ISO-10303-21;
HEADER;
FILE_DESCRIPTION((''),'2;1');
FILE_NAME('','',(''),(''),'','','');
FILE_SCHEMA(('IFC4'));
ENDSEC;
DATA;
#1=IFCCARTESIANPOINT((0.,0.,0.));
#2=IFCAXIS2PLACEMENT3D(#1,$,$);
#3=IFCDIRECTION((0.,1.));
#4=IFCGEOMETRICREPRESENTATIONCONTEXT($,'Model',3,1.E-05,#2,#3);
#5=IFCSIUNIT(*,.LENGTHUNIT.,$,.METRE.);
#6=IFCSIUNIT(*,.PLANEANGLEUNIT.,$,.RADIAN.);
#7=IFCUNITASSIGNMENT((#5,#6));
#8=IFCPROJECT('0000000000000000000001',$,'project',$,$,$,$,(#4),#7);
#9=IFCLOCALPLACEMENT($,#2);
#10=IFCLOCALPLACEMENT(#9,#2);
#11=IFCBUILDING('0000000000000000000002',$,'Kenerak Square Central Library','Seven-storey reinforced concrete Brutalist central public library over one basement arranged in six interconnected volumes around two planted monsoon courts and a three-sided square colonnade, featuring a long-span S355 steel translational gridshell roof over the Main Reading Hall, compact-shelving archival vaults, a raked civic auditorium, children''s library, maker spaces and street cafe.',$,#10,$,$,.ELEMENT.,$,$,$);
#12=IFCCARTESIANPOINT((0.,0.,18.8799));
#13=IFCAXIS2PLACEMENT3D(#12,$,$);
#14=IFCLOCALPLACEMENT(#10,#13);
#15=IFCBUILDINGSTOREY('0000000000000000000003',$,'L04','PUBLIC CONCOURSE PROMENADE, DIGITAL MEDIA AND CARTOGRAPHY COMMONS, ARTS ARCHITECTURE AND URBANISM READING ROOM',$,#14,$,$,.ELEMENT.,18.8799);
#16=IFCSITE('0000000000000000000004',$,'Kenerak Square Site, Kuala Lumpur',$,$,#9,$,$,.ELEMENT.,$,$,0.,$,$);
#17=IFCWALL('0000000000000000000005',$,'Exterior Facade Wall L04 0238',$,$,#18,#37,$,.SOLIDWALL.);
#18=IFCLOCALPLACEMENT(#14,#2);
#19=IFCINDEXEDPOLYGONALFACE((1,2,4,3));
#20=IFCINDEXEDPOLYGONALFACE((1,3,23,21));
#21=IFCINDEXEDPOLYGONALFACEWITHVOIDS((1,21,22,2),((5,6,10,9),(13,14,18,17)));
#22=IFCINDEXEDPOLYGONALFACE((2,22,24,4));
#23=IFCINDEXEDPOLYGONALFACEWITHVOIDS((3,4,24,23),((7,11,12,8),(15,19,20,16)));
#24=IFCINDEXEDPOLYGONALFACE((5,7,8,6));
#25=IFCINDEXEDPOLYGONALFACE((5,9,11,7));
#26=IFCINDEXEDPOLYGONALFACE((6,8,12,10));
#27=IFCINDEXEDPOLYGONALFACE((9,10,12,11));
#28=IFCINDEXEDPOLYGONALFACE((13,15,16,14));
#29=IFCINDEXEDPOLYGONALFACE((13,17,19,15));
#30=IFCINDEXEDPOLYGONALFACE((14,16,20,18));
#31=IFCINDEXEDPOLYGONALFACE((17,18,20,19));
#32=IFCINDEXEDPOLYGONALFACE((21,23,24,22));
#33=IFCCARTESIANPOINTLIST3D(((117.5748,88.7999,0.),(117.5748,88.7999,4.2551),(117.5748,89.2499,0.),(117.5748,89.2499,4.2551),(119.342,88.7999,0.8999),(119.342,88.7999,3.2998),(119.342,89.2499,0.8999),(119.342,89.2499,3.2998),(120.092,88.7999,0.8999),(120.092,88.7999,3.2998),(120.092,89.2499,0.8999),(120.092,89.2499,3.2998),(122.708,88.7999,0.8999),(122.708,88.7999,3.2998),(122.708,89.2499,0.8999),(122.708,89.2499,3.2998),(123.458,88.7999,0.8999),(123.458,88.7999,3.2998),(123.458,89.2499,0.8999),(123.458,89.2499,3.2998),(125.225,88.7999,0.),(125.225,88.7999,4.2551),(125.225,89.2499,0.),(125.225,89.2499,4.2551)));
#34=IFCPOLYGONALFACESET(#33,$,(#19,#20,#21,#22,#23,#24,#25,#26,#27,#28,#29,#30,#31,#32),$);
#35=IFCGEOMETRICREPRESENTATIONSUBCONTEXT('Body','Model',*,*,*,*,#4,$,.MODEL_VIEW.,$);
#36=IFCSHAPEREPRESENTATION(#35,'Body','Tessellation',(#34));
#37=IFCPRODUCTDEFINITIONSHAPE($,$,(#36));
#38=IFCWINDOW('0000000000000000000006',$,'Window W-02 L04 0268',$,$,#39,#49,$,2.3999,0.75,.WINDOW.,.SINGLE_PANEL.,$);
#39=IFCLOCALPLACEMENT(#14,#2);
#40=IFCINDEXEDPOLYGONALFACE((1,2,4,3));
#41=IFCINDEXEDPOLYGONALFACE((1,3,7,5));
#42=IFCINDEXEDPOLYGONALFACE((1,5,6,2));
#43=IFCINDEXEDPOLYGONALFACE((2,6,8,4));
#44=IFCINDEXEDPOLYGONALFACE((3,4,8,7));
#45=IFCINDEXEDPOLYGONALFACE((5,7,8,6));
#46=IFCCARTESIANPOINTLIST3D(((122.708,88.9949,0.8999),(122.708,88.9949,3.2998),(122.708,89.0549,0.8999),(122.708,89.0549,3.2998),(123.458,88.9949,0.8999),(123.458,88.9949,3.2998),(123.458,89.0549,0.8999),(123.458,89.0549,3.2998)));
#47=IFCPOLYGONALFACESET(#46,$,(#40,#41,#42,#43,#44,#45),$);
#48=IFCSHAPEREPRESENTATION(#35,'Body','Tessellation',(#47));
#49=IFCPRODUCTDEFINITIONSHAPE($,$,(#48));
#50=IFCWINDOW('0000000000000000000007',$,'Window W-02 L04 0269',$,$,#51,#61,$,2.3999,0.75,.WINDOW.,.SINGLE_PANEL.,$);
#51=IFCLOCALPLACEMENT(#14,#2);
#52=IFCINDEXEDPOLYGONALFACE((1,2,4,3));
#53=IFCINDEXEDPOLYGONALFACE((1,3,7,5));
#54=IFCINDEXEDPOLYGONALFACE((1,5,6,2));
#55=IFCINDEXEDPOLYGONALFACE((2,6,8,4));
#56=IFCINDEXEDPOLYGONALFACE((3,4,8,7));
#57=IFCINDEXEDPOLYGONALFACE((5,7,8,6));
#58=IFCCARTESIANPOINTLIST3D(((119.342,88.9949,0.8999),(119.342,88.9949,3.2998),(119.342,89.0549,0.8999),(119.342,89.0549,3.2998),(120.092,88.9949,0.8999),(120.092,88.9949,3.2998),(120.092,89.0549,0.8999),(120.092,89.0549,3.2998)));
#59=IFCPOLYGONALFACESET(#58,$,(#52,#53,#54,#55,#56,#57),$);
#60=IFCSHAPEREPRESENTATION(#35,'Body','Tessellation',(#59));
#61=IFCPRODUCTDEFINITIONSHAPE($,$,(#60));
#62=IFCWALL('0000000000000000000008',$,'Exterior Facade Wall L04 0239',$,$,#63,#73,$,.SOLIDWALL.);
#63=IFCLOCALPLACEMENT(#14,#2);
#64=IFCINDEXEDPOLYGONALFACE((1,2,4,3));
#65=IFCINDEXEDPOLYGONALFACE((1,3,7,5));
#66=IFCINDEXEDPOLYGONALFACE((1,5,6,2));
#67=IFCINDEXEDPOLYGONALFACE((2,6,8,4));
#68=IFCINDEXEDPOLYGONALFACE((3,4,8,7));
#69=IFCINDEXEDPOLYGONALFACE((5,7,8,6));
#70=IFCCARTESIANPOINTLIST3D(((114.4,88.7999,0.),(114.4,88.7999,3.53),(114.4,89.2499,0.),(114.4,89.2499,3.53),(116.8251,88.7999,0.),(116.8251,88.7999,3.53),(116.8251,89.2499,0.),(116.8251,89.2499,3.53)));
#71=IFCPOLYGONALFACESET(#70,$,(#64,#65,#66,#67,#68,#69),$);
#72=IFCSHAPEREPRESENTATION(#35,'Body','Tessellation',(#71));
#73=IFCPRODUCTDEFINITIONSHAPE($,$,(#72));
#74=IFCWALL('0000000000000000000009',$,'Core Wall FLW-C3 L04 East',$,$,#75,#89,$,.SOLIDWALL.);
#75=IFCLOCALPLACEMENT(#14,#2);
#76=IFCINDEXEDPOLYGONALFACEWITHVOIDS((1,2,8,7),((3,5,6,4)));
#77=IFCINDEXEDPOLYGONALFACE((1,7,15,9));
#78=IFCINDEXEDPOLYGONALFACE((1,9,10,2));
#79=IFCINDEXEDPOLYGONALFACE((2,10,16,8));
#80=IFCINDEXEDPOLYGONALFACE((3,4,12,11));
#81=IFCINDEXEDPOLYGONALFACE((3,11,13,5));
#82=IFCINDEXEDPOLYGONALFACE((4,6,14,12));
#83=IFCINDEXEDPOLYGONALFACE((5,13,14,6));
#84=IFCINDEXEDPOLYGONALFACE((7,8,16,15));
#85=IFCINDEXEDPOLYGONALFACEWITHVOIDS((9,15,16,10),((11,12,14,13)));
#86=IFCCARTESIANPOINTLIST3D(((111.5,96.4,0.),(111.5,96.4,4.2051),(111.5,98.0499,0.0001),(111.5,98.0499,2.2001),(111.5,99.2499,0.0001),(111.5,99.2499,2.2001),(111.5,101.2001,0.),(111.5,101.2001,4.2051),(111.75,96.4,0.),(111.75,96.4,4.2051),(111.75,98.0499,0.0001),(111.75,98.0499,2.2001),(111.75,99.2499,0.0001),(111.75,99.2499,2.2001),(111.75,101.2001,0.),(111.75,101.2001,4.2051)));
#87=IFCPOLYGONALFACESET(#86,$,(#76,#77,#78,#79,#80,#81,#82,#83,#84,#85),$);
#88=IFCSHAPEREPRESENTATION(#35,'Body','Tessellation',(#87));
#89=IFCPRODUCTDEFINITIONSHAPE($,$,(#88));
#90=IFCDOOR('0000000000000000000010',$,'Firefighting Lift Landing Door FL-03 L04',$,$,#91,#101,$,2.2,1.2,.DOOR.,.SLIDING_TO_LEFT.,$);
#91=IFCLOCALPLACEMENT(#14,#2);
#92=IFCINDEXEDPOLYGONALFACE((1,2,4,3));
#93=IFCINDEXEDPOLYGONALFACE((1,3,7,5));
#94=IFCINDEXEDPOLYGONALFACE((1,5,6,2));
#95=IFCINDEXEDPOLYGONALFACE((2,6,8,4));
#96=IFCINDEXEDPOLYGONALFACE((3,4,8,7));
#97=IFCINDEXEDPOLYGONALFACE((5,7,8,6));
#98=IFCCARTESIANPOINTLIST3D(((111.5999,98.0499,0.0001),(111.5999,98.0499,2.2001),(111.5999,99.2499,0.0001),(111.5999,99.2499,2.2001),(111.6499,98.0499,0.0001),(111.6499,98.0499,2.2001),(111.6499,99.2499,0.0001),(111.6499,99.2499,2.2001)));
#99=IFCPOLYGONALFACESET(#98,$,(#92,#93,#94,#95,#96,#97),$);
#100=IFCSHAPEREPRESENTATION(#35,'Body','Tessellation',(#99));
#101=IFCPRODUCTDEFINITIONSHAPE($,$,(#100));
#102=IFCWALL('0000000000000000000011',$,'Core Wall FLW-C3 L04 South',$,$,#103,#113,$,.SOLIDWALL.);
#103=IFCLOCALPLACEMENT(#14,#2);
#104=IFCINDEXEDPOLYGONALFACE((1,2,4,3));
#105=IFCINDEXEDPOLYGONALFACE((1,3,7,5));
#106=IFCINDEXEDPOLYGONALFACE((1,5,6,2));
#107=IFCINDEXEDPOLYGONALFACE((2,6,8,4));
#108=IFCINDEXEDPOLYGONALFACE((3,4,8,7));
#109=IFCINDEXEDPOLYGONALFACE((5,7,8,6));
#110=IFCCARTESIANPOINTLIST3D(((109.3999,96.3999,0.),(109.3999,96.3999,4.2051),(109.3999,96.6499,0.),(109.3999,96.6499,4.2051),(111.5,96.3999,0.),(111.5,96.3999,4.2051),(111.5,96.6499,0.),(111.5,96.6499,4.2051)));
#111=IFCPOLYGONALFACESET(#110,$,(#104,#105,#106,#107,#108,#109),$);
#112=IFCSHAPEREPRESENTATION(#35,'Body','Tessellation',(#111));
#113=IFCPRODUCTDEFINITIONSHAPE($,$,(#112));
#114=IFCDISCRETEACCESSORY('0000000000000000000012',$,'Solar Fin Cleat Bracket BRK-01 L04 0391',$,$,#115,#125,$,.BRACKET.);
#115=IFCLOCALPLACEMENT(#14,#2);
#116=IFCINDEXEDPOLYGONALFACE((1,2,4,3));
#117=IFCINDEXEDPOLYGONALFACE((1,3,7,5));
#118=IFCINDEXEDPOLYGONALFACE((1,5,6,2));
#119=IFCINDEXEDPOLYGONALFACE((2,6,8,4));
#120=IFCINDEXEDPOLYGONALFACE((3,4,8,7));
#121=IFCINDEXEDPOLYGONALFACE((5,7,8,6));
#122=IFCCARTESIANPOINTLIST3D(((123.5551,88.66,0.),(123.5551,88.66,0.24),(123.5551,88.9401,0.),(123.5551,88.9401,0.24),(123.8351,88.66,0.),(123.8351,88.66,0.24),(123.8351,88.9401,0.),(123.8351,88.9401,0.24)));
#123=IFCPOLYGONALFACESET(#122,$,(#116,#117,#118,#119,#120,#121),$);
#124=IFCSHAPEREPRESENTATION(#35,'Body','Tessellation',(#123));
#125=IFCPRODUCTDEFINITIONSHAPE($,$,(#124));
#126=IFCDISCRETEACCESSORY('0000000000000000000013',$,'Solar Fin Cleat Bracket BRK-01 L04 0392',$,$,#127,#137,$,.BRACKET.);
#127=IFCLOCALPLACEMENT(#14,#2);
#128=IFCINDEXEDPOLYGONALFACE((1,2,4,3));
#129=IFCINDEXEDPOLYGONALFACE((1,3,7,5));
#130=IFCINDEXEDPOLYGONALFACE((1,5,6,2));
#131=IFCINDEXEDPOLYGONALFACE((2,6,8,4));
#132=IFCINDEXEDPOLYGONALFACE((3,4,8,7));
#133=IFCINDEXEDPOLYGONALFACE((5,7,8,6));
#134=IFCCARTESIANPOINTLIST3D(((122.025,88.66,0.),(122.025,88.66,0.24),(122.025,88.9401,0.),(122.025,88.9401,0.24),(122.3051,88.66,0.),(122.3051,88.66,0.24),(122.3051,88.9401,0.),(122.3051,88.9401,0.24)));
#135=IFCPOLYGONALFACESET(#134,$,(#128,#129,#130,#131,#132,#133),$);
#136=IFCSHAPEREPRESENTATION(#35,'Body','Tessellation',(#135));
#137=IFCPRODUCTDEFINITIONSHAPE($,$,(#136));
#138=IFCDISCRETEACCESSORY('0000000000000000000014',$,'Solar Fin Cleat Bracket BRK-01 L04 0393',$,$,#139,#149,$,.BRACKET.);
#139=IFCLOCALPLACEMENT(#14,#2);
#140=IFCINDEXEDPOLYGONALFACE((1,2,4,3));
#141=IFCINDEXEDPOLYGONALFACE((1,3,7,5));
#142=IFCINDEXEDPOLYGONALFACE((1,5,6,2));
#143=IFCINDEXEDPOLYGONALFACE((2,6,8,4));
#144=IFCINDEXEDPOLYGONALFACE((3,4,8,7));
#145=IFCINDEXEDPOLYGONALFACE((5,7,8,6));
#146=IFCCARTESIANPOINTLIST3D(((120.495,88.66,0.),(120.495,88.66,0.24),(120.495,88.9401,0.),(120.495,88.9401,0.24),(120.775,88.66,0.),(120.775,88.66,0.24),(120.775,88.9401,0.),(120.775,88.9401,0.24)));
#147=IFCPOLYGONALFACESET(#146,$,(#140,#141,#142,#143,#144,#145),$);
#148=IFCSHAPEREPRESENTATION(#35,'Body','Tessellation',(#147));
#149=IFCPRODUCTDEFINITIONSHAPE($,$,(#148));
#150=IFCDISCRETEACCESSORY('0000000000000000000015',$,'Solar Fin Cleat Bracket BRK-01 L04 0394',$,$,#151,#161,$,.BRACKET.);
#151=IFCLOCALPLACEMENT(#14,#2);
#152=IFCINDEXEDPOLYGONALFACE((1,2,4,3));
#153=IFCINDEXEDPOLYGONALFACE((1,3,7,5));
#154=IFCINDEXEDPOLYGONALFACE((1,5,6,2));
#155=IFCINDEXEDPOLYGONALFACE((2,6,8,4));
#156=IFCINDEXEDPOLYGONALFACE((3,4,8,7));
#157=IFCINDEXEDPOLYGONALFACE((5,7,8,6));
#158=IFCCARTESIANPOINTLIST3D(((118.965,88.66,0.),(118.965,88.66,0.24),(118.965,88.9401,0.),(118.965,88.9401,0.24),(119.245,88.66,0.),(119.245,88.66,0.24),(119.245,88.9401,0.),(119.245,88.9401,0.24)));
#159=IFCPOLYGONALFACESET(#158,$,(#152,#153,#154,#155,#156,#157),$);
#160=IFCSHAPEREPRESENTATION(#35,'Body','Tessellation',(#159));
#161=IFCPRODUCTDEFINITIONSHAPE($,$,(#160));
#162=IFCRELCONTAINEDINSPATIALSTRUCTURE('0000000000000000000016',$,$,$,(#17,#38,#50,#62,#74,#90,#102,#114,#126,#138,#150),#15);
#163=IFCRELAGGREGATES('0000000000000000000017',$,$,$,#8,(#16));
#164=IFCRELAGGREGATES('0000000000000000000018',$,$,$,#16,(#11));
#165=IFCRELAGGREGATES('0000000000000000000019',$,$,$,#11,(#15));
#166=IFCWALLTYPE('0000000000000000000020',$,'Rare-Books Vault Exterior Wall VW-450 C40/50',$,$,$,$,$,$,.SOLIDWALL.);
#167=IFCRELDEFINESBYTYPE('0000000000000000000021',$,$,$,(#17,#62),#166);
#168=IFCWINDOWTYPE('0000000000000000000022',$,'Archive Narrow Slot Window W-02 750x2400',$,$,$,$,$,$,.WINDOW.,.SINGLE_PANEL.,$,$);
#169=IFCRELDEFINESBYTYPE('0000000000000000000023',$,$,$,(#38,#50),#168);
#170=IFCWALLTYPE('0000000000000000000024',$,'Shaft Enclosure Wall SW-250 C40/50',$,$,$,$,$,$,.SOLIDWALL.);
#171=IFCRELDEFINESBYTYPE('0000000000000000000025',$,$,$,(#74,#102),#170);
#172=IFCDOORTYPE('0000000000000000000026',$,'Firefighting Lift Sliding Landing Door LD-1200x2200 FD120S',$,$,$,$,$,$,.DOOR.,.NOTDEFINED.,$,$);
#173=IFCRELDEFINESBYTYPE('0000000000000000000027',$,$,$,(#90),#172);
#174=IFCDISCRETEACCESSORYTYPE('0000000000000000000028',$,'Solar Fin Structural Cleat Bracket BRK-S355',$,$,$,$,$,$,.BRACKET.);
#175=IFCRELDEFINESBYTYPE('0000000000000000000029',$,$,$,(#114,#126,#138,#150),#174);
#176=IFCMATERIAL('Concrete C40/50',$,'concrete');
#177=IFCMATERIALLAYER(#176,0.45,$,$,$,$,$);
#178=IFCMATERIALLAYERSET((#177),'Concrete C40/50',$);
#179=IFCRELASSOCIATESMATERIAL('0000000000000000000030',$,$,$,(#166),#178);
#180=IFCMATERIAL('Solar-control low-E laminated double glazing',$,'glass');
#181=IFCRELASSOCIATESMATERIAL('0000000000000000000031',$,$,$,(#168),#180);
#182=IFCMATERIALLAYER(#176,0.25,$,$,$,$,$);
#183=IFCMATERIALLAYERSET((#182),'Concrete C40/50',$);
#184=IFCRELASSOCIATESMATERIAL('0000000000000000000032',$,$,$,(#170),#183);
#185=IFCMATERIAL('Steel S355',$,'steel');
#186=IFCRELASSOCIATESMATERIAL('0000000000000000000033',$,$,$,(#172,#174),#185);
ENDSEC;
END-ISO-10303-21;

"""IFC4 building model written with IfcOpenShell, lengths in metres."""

from ifc_helpers import new_model, si_unit, direction, frame, frame_2d, origin, origin_2d, place, context, subcontext, project, spatial, rectangle, extrude, material, layer, layer_set, type_object, element, fill, save


model = new_model("IFC4")

# Units and contexts
model_context = context("Model", 3, precision=1e-05, world=origin(), true_north=direction((0.0, 1.0)))
body_context = subcontext(model_context, "Body", "Model", "MODEL_VIEW")
ifc_project = project(units=[si_unit("LENGTHUNIT", "METRE"), si_unit("PLANEANGLEUNIT", "RADIAN")], contexts=[model_context])

# Site, building, storey
site_placement = place(None, origin())
site = spatial("IfcSite", under=ifc_project, at=site_placement, Name="Kenerak Square Site, Kuala Lumpur", CompositionType="ELEMENT", RefElevation=0.0)
building_placement = place(site_placement, origin())
building = spatial("IfcBuilding", under=site, at=building_placement, Name="Kenerak Square Central Library", Description="Seven-storey reinforced concrete Brutalist central public library over one basement arranged in six interconnected volumes around two planted monsoon courts and a three-sided square colonnade, featuring a long-span S355 steel translational gridshell roof over the Main Reading Hall, compact-shelving archival vaults, a raked civic auditorium, children's library, maker spaces and street cafe.", CompositionType="ELEMENT")
storey_placement = place(building_placement, frame((0.0, 0.0, 18.8799)))
storey = spatial("IfcBuildingStorey", under=building, at=storey_placement, Name="L04", Description="PUBLIC CONCOURSE PROMENADE, DIGITAL MEDIA AND CARTOGRAPHY COMMONS, ARTS ARCHITECTURE AND URBANISM READING ROOM", CompositionType="ELEMENT", Elevation=18.8799)

# Shared definitions
ifc_material_1 = material(Name="Concrete C40/50", Category="concrete")

# Shared definitions
ifc_material_2 = material(Name="Steel S355", Category="steel")

# Wall, openings, windows
ifc_layer_1 = layer(ifc_material_1, 0.45)
ifc_layer_set_1 = layer_set([ifc_layer_1], Name="Concrete C40/50")
wall_type_1 = type_object("IfcWallType", Name="Rare-Books Vault Exterior Wall VW-450 C40/50", PredefinedType="SOLIDWALL", material=ifc_layer_set_1)
wall_1_placement = place(storey_placement, frame((125.2251, 89.0249, 0.0), z_axis=(0.0, 0.0, 1.0), x_axis=(-1.0, 0.0, 0.0)))
wall_1 = element("IfcWall", 1, at=wall_1_placement, inside=storey, type_object=wall_type_1, Name="Exterior Facade Wall L04 0238", PredefinedType="SOLIDWALL", context=body_context, shape_type="SweptSolid", body=[
    extrude(rectangle(XDim=7.6501, YDim=0.45, at=frame_2d((3.8252, 0.0))), origin(), (0.0, 0.0, 1.0), 4.2551),
])
opening_1_placement = place(wall_1_placement, frame((1.7671, 0.0, 0.8999)))
opening_1 = element("IfcOpeningElement", 2, at=opening_1_placement, cuts=wall_1, PredefinedType="OPENING", context=body_context, shape_type="SweptSolid", body=[
    extrude(rectangle(XDim=0.75, YDim=2.3999, at=frame_2d((0.375, 1.2))), frame((0.0, 0.2349, 0.0), z_axis=(0.0, -1.0, 0.0), x_axis=(1.0, 0.0, 0.0)), (0.0, 0.0, 1.0), 0.47),
])
opening_2_placement = place(wall_1_placement, frame((5.1331, 0.0, 0.8999)))
opening_2 = element("IfcOpeningElement", 3, at=opening_2_placement, cuts=wall_1, PredefinedType="OPENING", context=body_context, shape_type="SweptSolid", body=[
    extrude(rectangle(XDim=0.75, YDim=2.3999, at=frame_2d((0.375, 1.2))), frame((0.0, 0.2349, 0.0), z_axis=(0.0, -1.0, 0.0), x_axis=(1.0, 0.0, 0.0)), (0.0, 0.0, 1.0), 0.47),
])
ifc_material_3 = material(Name="Solar-control low-E laminated double glazing", Category="glass")
window_type = type_object("IfcWindowType", Name="Archive Narrow Slot Window W-02 750x2400", PartitioningType="SINGLE_PANEL", PredefinedType="WINDOW", material=ifc_material_3)
window_1_placement = place(opening_1_placement, origin())
window_1 = element("IfcWindow", 4, at=window_1_placement, inside=storey, type_object=window_type, Name="Window W-02 L04 0268", OverallHeight=2.3999, OverallWidth=0.75, PartitioningType="SINGLE_PANEL", PredefinedType="WINDOW", context=body_context, shape_type="SweptSolid", body=[
    extrude(rectangle(XDim=0.75, YDim=2.3999, at=frame_2d((0.375, 1.2))), frame((0.0, 0.03, 0.0), z_axis=(0.0, -1.0, 0.0), x_axis=(1.0, 0.0, 0.0)), (0.0, 0.0, 1.0), 0.0601),
])
fill(opening_1, window_1)
window_2_placement = place(opening_2_placement, origin())
window_2 = element("IfcWindow", 5, at=window_2_placement, inside=storey, type_object=window_type, Name="Window W-02 L04 0269", OverallHeight=2.3999, OverallWidth=0.75, PartitioningType="SINGLE_PANEL", PredefinedType="WINDOW", context=body_context, shape_type="SweptSolid", body=[
    extrude(rectangle(XDim=0.75, YDim=2.3999, at=frame_2d((0.375, 1.2))), frame((0.0, 0.03, 0.0), z_axis=(0.0, -1.0, 0.0), x_axis=(1.0, 0.0, 0.0)), (0.0, 0.0, 1.0), 0.0601),
])
fill(opening_2, window_2)

# Wall
wall_2_placement = place(storey_placement, frame((116.825, 89.0249, 0.0), z_axis=(0.0, 0.0, 1.0), x_axis=(-1.0, 0.0, 0.0)))
element("IfcWall", 6, at=wall_2_placement, inside=storey, type_object=wall_type_1, Name="Exterior Facade Wall L04 0239", PredefinedType="SOLIDWALL", context=body_context, shape_type="SweptSolid", body=[
    extrude(rectangle(XDim=2.425, YDim=0.45, at=frame_2d((1.2124, 0.0))), origin(), (0.0, 0.0, 1.0), 3.53),
])

# Wall, opening, door
ifc_layer_2 = layer(ifc_material_1, 0.25)
ifc_layer_set_2 = layer_set([ifc_layer_2], Name="Concrete C40/50")
wall_type_2 = type_object("IfcWallType", Name="Shaft Enclosure Wall SW-250 C40/50", PredefinedType="SOLIDWALL", material=ifc_layer_set_2)
wall_3_placement = place(storey_placement, frame((111.625, 101.2, 0.0), z_axis=(0.0, 0.0, 1.0), x_axis=(0.0, -1.0, 0.0)))
wall_3 = element("IfcWall", 7, at=wall_3_placement, inside=storey, type_object=wall_type_2, Name="Core Wall FLW-C3 L04 East", PredefinedType="SOLIDWALL", context=body_context, shape_type="SweptSolid", body=[
    extrude(rectangle(XDim=4.8, YDim=0.25, at=frame_2d((2.3999, 0.0))), origin(), (0.0, 0.0, 1.0), 4.2051),
])
opening_3_placement = place(wall_3_placement, frame((1.95, 0.0, 0.0)))
opening_3 = element("IfcOpeningElement", 8, at=opening_3_placement, cuts=wall_3, PredefinedType="OPENING", context=body_context, shape_type="SweptSolid", body=[
    extrude(rectangle(XDim=1.2, YDim=2.2, at=frame_2d((0.6001, 1.1001))), frame((0.0, 0.135, 0.0), z_axis=(0.0, -1.0, 0.0), x_axis=(1.0, 0.0, 0.0)), (0.0, 0.0, 1.0), 0.27),
])
door_type_1 = type_object("IfcDoorType", Name="Firefighting Lift Sliding Landing Door LD-1200x2200 FD120S", OperationType="NOTDEFINED", PredefinedType="DOOR", material=ifc_material_2)
door_1_placement = place(opening_3_placement, origin())
door_1 = element("IfcDoor", 9, at=door_1_placement, inside=storey, type_object=door_type_1, Name="Firefighting Lift Landing Door FL-03 L04", OperationType="SLIDING_TO_LEFT", OverallHeight=2.2, OverallWidth=1.2, PredefinedType="DOOR", context=body_context, shape_type="SweptSolid", body=[
    extrude(rectangle(XDim=1.2, YDim=2.2, at=frame_2d((0.6001, 1.1001))), frame((0.0, 0.0249, 0.0), z_axis=(0.0, -1.0, 0.0), x_axis=(1.0, 0.0, 0.0)), (0.0, 0.0, 1.0), 0.05),
])
fill(opening_3, door_1)

# Wall
wall_4_placement = place(storey_placement, frame((111.5, 96.5249, 0.0), z_axis=(0.0, 0.0, 1.0), x_axis=(-1.0, 0.0, 0.0)))
element("IfcWall", 10, at=wall_4_placement, inside=storey, type_object=wall_type_2, Name="Core Wall FLW-C3 L04 South", PredefinedType="SOLIDWALL", context=body_context, shape_type="SweptSolid", body=[
    extrude(rectangle(XDim=2.1001, YDim=0.25, at=frame_2d((1.05, 0.0))), origin(), (0.0, 0.0, 1.0), 4.2051),
])

# Discrete accessories
discrete_accessory_type = type_object("IfcDiscreteAccessoryType", Name="Solar Fin Structural Cleat Bracket BRK-S355", PredefinedType="BRACKET", material=ifc_material_2)
for number, where, z_axis, x_axis, name in (
    (11, (123.6951, 88.8, 0.0), (0.0, 0.0, 1.0), (-1.0, 0.0, 0.0), "Solar Fin Cleat Bracket BRK-01 L04 0391"),
    (12, (122.165, 88.8, 0.0), (0.0, 0.0, 1.0), (-1.0, 0.0, 0.0), "Solar Fin Cleat Bracket BRK-01 L04 0392"),
    (13, (120.635, 88.8, 0.0), (0.0, 0.0, 1.0), (-1.0, 0.0, 0.0), "Solar Fin Cleat Bracket BRK-01 L04 0393"),
    (14, (119.105, 88.8, 0.0), (0.0, 0.0, 1.0), (-1.0, 0.0, 0.0), "Solar Fin Cleat Bracket BRK-01 L04 0394"),
):
    element("IfcDiscreteAccessory", number, at=place(storey_placement, frame(where, z_axis=z_axis, x_axis=x_axis)), inside=storey, type_object=discrete_accessory_type, Name=name, PredefinedType="BRACKET", context=body_context, shape_type="SweptSolid", body=[
        extrude(rectangle(XDim=0.28, YDim=0.28, at=origin_2d()), origin(), (0.0, 0.0, 1.0), 0.24),
    ])

save(model, "model.ifc")
